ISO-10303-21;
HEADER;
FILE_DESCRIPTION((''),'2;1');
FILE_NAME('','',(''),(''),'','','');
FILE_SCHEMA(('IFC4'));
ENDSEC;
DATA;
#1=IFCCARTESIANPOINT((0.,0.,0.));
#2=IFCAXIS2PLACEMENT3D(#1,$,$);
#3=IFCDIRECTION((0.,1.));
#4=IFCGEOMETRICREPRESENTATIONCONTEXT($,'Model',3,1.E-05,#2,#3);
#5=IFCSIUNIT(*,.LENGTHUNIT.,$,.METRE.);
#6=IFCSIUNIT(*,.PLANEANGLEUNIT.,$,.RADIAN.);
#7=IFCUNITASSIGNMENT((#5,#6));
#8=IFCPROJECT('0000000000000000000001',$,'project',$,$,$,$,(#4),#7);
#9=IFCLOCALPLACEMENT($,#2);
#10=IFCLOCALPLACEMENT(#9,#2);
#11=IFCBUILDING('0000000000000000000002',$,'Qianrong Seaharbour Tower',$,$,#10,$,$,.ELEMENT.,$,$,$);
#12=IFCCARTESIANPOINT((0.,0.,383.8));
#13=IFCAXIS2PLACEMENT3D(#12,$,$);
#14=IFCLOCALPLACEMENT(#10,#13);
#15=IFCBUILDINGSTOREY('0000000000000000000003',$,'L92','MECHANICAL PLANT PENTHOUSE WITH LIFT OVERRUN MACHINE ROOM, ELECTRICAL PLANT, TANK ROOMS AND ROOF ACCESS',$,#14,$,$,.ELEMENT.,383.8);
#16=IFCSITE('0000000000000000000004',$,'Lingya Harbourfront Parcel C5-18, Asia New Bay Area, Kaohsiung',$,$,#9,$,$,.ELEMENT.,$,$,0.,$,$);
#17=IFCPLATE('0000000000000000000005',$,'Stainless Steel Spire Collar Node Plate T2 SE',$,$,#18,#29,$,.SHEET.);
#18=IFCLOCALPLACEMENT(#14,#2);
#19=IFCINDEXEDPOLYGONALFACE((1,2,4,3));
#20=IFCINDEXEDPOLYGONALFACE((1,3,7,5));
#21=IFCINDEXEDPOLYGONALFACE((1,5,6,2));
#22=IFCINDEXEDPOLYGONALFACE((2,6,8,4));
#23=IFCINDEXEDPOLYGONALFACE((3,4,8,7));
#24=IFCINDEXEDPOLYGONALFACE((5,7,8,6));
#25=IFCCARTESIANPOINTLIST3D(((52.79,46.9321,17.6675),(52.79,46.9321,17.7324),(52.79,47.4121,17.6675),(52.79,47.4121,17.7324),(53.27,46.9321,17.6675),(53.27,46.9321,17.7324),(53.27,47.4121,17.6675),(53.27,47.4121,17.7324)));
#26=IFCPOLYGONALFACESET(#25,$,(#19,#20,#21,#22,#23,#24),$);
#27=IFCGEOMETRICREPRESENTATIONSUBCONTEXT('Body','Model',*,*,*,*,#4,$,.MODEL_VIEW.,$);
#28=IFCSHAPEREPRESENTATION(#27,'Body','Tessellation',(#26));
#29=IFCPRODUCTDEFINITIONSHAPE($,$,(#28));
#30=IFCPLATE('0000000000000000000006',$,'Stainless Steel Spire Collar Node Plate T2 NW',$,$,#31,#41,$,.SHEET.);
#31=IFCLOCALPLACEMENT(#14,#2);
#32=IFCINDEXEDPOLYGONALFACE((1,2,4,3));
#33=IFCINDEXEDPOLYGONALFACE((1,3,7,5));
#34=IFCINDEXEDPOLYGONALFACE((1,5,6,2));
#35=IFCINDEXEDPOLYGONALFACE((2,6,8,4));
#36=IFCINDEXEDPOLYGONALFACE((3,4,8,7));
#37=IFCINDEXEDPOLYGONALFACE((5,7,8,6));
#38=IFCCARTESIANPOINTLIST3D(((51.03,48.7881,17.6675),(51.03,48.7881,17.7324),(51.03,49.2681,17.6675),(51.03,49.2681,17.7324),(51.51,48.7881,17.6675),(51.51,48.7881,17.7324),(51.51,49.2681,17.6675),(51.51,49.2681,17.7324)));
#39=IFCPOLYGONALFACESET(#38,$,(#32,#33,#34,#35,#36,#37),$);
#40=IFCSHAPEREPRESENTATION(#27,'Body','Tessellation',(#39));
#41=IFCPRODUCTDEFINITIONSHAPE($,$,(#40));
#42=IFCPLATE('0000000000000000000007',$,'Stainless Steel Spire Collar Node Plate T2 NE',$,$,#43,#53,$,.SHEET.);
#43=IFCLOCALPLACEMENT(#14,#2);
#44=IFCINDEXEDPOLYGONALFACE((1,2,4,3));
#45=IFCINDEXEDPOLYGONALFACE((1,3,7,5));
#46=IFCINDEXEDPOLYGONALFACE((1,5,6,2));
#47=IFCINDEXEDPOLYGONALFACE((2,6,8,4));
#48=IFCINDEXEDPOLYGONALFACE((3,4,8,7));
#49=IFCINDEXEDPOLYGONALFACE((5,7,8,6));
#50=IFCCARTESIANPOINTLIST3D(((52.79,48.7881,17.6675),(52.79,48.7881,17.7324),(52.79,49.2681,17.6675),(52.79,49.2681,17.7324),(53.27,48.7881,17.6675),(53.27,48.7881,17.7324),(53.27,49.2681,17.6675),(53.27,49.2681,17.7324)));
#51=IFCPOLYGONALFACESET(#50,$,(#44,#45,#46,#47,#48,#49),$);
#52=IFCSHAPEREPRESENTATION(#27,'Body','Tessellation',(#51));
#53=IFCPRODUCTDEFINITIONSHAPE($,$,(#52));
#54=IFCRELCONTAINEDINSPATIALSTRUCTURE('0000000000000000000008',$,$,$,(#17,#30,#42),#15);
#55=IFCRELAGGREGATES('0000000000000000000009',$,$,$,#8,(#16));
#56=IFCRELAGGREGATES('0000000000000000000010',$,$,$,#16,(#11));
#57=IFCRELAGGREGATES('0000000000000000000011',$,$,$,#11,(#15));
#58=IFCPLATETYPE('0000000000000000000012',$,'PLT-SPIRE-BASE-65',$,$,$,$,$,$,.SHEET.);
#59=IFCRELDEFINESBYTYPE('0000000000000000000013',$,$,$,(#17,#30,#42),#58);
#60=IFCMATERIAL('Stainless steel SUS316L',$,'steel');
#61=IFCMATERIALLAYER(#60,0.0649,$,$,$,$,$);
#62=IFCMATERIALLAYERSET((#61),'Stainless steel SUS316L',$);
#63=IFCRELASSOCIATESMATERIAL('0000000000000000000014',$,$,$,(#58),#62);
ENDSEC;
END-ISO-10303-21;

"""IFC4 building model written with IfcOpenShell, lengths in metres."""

from ifc_helpers import new_model, si_unit, direction, frame, origin, origin_2d, place, context, subcontext, project, spatial, rectangle, extrude, material, layer, layer_set, type_object, element, save


model = new_model("IFC4")

# Units and contexts
model_context = context("Model", 3, precision=1e-05, world=origin(), true_north=direction((0.0, 1.0)))
body_context = subcontext(model_context, "Body", "Model", "MODEL_VIEW")
ifc_project = project(units=[si_unit("LENGTHUNIT", "METRE"), si_unit("PLANEANGLEUNIT", "RADIAN")], contexts=[model_context])

# Site, building, storey
site_placement = place(None, origin())
site = spatial("IfcSite", under=ifc_project, at=site_placement, Name="Lingya Harbourfront Parcel C5-18, Asia New Bay Area, Kaohsiung", CompositionType="ELEMENT", RefElevation=0.0)
building_placement = place(site_placement, origin())
building = spatial("IfcBuilding", under=site, at=building_placement, Name="Qianrong Seaharbour Tower", CompositionType="ELEMENT")
storey_placement = place(building_placement, frame((0.0, 0.0, 383.8)))
storey = spatial("IfcBuildingStorey", under=building, at=storey_placement, Name="L92", Description="MECHANICAL PLANT PENTHOUSE WITH LIFT OVERRUN MACHINE ROOM, ELECTRICAL PLANT, TANK ROOMS AND ROOF ACCESS", CompositionType="ELEMENT", Elevation=383.8)

# Shared definitions
ifc_material = material(Name="Stainless steel SUS316L", Category="steel")

# Plates
ifc_layer = layer(ifc_material, 0.0649)
ifc_layer_set = layer_set([ifc_layer], Name="Stainless steel SUS316L")
plate_type = type_object("IfcPlateType", Name="PLT-SPIRE-BASE-65", PredefinedType="SHEET", material=ifc_layer_set)
for number, where, z_axis, x_axis, name in (
    (1, (53.03, 47.1721, 17.6675), (0.0, 0.0, 1.0), (1.0, 0.0, 0.0), "Stainless Steel Spire Collar Node Plate T2 SE"),
    (2, (51.27, 49.0281, 17.6675), (0.0, 0.0, 1.0), (1.0, 0.0, 0.0), "Stainless Steel Spire Collar Node Plate T2 NW"),
    (3, (53.03, 49.0281, 17.6675), (0.0, 0.0, 1.0), (1.0, 0.0, 0.0), "Stainless Steel Spire Collar Node Plate T2 NE"),
):
    element("IfcPlate", number, at=place(storey_placement, frame(where, z_axis=z_axis, x_axis=x_axis)), inside=storey, type_object=plate_type, Name=name, PredefinedType="SHEET", context=body_context, shape_type="SweptSolid", body=[
        extrude(rectangle(XDim=0.48, YDim=0.48, at=origin_2d()), origin(), (0.0, 0.0, 1.0), 0.0649),
    ])

save(model, "model.ifc")
